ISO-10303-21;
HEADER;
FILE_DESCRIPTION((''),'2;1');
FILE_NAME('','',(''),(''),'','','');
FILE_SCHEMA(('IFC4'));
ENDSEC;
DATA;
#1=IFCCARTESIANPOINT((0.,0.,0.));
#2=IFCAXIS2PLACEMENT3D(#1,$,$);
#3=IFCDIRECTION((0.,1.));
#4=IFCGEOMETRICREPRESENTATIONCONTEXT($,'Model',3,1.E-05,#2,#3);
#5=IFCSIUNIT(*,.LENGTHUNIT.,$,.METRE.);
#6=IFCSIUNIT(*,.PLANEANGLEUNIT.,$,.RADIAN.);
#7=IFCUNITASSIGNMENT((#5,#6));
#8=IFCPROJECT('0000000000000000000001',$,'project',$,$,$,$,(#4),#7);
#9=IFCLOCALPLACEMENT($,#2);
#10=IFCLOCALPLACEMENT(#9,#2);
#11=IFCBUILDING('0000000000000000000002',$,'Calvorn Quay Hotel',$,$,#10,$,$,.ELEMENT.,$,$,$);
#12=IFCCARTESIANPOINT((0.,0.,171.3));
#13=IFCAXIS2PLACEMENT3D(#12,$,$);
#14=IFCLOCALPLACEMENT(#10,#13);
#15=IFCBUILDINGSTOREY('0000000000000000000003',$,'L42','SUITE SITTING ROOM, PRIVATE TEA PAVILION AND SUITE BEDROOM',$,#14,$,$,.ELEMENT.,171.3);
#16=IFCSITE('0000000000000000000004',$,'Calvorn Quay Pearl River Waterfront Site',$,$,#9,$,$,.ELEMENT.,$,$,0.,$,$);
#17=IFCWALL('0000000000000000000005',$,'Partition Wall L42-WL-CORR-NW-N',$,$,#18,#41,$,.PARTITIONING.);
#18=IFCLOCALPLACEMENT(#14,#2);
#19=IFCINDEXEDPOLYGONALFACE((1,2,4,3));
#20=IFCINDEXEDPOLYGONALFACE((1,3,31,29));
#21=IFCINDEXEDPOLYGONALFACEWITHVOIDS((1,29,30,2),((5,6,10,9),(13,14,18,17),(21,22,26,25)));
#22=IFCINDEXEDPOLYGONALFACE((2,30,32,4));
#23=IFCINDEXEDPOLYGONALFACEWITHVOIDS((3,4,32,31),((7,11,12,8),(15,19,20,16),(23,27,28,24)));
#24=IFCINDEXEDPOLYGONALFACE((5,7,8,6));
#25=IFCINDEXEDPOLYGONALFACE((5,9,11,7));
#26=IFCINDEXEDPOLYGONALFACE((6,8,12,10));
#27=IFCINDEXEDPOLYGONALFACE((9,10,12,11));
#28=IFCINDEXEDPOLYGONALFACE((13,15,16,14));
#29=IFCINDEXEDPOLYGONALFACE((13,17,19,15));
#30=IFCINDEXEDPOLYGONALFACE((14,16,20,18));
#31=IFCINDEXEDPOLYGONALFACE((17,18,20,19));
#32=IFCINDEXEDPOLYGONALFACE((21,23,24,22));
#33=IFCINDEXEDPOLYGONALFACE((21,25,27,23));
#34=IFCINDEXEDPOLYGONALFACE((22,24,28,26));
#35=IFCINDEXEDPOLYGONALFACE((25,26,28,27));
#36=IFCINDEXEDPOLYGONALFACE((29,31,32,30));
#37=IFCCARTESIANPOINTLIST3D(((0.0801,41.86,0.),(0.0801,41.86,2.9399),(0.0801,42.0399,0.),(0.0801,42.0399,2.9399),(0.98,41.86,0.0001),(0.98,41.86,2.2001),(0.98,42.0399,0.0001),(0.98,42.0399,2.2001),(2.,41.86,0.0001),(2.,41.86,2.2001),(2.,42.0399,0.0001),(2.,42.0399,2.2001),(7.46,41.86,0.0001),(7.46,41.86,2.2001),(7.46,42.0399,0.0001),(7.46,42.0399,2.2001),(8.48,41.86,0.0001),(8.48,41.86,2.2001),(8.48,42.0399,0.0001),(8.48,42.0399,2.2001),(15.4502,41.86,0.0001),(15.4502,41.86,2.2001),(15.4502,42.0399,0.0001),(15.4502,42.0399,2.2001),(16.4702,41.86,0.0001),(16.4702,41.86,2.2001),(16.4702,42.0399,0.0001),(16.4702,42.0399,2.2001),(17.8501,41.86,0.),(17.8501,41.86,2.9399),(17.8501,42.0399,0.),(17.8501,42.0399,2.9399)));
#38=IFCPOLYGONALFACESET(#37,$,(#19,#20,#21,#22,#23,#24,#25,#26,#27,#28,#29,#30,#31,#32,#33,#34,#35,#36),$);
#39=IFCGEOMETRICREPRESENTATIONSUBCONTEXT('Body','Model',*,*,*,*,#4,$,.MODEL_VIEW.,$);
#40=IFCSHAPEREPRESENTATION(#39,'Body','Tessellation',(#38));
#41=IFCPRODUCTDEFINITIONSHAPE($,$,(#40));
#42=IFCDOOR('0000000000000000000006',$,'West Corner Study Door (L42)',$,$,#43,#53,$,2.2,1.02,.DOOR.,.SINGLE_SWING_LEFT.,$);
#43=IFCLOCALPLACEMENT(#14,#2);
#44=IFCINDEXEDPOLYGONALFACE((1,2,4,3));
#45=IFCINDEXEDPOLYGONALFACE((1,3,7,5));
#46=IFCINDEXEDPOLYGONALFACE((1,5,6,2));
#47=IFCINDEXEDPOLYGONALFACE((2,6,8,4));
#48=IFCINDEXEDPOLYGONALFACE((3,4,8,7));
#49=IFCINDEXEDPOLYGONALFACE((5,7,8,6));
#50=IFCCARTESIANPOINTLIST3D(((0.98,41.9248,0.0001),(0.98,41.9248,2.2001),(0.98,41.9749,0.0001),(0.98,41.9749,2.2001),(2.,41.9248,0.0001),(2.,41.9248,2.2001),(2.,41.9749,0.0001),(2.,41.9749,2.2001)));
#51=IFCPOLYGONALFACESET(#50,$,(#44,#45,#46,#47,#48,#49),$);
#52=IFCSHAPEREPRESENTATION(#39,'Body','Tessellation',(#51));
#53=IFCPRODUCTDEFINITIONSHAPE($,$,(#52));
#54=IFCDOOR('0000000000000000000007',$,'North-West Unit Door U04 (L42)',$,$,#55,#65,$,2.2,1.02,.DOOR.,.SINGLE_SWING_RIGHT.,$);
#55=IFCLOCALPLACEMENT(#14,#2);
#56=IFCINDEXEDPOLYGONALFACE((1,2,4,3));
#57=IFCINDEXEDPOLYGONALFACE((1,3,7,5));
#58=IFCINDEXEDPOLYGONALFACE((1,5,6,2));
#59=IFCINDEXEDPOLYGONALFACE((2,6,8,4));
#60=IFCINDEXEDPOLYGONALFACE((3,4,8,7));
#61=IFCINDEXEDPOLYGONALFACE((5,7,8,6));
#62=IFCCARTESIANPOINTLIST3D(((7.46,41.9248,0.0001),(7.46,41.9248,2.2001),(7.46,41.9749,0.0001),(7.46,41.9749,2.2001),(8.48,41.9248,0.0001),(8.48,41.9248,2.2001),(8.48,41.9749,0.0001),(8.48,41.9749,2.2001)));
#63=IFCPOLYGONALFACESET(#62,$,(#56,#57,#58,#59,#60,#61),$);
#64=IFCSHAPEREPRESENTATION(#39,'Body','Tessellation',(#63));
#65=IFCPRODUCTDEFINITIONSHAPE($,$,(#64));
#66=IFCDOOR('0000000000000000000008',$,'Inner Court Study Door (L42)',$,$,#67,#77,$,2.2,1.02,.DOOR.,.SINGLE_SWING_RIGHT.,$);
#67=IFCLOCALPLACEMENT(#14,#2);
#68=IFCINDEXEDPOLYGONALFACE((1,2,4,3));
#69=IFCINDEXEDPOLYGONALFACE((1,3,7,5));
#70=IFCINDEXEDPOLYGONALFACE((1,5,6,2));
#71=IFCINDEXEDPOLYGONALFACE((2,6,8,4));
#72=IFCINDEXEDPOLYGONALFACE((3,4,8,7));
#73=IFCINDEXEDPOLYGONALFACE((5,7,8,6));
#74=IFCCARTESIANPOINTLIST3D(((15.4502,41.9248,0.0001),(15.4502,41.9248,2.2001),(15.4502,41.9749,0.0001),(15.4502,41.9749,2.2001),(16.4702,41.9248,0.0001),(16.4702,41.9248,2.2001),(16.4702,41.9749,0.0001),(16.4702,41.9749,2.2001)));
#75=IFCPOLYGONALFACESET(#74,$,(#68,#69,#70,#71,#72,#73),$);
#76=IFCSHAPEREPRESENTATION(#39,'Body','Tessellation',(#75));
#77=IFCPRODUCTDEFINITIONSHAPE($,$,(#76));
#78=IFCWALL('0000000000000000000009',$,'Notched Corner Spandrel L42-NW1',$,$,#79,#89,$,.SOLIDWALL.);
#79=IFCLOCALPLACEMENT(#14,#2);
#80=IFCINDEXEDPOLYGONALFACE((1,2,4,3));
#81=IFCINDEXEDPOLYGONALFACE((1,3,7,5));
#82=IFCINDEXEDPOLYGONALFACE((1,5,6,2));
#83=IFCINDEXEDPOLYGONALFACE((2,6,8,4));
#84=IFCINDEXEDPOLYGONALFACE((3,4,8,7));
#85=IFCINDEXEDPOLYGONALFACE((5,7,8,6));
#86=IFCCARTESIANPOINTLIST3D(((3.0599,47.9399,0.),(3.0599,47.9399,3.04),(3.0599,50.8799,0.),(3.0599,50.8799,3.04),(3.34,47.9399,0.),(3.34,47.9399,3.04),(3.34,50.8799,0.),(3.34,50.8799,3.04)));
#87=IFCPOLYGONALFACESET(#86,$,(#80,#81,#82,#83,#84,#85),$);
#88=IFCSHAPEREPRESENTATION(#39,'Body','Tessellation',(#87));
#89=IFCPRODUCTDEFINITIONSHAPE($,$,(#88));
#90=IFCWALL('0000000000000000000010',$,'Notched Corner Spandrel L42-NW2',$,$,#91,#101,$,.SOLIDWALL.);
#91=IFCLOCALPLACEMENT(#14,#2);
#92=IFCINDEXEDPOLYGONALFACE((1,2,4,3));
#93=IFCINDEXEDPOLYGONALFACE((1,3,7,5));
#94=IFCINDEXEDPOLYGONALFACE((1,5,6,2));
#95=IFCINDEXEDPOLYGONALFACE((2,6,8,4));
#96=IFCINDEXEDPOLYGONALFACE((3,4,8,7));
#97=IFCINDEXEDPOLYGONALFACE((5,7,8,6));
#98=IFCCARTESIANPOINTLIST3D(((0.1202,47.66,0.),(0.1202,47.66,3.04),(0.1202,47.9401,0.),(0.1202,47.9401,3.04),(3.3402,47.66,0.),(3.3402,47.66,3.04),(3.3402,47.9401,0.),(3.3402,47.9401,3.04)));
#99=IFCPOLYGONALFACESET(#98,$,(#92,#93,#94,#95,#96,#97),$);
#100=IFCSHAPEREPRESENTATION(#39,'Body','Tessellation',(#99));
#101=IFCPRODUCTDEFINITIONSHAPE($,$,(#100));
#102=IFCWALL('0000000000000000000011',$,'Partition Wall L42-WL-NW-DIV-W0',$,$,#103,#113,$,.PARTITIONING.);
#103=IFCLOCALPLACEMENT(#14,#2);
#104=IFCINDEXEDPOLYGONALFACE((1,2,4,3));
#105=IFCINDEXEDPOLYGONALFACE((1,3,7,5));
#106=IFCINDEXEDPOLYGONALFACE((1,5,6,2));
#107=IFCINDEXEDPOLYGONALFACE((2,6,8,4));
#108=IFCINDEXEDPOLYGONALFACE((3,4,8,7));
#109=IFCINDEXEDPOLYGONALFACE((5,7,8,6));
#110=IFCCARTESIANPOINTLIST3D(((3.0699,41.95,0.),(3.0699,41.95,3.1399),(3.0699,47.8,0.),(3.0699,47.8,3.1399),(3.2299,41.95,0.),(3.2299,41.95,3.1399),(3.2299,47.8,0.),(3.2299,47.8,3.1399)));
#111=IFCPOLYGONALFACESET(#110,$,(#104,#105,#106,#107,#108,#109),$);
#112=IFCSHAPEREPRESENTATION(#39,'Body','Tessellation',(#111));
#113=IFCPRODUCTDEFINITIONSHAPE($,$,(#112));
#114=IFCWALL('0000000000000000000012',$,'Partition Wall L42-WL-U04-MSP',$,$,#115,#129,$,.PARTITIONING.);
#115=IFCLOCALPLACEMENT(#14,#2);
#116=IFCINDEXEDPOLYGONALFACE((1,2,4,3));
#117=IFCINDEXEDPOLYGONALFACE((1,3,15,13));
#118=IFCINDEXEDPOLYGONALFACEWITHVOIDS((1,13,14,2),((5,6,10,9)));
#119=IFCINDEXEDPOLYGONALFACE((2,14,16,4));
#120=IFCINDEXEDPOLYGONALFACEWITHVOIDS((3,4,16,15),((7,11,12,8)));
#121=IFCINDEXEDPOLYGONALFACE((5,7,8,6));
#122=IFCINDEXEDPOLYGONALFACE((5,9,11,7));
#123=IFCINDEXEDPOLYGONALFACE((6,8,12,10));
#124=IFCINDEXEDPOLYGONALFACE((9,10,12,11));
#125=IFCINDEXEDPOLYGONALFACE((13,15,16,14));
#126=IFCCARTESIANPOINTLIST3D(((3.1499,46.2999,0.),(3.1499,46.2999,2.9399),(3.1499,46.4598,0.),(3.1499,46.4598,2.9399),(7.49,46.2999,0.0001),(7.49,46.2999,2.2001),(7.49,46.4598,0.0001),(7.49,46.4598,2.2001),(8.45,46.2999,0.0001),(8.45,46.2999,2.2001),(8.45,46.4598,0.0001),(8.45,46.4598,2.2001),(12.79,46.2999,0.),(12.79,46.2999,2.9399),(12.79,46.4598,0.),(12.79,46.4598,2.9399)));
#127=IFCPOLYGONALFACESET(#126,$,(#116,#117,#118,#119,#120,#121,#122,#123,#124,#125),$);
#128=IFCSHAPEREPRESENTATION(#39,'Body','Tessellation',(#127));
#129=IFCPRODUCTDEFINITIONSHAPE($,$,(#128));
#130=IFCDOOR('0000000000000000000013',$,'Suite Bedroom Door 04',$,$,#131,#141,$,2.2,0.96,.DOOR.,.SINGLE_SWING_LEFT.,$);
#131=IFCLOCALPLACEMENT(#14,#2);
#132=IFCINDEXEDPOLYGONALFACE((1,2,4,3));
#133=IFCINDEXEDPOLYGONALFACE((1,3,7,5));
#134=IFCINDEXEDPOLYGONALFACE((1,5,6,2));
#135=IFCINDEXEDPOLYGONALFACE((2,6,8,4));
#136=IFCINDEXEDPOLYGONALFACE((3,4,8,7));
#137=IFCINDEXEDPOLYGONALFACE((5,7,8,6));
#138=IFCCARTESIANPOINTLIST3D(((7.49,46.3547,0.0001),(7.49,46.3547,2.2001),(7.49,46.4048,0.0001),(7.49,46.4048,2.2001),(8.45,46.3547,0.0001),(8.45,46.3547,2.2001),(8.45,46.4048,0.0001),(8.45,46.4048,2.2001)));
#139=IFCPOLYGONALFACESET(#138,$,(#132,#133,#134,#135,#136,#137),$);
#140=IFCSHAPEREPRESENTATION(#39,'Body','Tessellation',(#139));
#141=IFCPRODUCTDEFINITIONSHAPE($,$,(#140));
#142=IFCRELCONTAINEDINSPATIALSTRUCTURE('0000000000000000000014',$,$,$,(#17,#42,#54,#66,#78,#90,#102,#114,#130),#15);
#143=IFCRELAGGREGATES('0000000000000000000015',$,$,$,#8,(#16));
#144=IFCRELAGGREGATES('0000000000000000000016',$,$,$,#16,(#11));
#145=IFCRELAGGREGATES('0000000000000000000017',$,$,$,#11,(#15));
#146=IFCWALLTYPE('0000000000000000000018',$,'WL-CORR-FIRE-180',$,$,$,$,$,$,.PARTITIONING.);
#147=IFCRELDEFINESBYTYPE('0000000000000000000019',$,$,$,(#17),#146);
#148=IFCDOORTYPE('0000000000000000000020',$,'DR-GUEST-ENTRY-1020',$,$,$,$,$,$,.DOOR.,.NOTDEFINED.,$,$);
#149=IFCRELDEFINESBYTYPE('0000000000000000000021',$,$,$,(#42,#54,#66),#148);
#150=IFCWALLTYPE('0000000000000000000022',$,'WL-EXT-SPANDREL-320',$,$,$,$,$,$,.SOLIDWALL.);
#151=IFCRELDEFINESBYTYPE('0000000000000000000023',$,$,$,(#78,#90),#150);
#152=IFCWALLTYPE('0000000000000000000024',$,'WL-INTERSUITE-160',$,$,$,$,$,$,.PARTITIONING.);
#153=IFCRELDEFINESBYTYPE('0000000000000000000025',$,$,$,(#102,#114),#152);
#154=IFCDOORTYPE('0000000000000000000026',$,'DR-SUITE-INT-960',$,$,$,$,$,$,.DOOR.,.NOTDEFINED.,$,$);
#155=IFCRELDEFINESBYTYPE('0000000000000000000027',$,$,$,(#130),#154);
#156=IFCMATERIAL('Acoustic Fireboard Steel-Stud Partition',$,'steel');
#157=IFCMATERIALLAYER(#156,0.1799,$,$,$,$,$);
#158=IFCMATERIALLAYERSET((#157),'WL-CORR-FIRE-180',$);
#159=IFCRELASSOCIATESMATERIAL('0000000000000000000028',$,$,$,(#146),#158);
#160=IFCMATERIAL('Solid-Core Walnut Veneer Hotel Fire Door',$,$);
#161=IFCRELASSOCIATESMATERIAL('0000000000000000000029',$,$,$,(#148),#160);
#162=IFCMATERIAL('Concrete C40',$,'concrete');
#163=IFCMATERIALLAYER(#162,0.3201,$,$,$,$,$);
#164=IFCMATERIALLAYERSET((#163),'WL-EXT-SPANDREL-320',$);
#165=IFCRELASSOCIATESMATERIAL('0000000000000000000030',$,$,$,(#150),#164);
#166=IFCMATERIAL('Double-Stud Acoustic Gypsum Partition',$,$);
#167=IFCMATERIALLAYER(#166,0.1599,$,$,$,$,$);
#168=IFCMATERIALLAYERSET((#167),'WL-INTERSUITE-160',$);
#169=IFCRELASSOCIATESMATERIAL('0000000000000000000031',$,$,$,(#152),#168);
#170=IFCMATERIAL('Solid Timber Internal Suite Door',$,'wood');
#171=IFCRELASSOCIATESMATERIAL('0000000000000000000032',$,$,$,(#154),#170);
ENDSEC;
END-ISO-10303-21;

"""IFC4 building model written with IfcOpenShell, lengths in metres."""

from ifc_helpers import new_model, si_unit, direction, frame, frame_2d, origin, place, context, subcontext, project, spatial, rectangle, extrude, material, layer, layer_set, type_object, element, fill, save


model = new_model("IFC4")

# Units and contexts
model_context = context("Model", 3, precision=1e-05, world=origin(), true_north=direction((0.0, 1.0)))
body_context = subcontext(model_context, "Body", "Model", "MODEL_VIEW")
ifc_project = project(units=[si_unit("LENGTHUNIT", "METRE"), si_unit("PLANEANGLEUNIT", "RADIAN")], contexts=[model_context])

# Site, building, storey
site_placement = place(None, origin())
site = spatial("IfcSite", under=ifc_project, at=site_placement, Name="Calvorn Quay Pearl River Waterfront Site", CompositionType="ELEMENT", RefElevation=0.0)
building_placement = place(site_placement, origin())
building = spatial("IfcBuilding", under=site, at=building_placement, Name="Calvorn Quay Hotel", CompositionType="ELEMENT")
storey_placement = place(building_placement, frame((0.0, 0.0, 171.3)))
storey = spatial("IfcBuildingStorey", under=building, at=storey_placement, Name="L42", Description="SUITE SITTING ROOM, PRIVATE TEA PAVILION AND SUITE BEDROOM", CompositionType="ELEMENT", Elevation=171.3)

# Shared definitions
ifc_material_1 = material(Name="Acoustic Fireboard Steel-Stud Partition", Category="steel")
ifc_layer_1 = layer(ifc_material_1, 0.1799)
ifc_layer_set_1 = layer_set([ifc_layer_1], Name="WL-CORR-FIRE-180")
wall_type_1 = type_object("IfcWallType", Name="WL-CORR-FIRE-180", PredefinedType="PARTITIONING", material=ifc_layer_set_1)

# Wall, openings, doors
wall_1_placement = place(storey_placement, frame((0.0801, 41.95, 0.0), z_axis=(0.0, 0.0, 1.0), x_axis=(1.0, 0.0, 0.0)))
wall_1 = element("IfcWall", 1, at=wall_1_placement, inside=storey, type_object=wall_type_1, Name="Partition Wall L42-WL-CORR-NW-N", PredefinedType="PARTITIONING", context=body_context, shape_type="SweptSolid", body=[
    extrude(rectangle(XDim=17.77, YDim=0.1799, at=frame_2d((8.885, 0.0))), origin(), (0.0, 0.0, 1.0), 2.9399),
])
opening_1_placement = place(wall_1_placement, frame((0.8999, 0.0, 0.0)))
opening_1 = element("IfcOpeningElement", 2, at=opening_1_placement, cuts=wall_1, PredefinedType="OPENING", context=body_context, shape_type="SweptSolid", body=[
    extrude(rectangle(XDim=1.02, YDim=2.2, at=frame_2d((0.51, 1.1001))), frame((0.0, 0.0999, 0.0), z_axis=(0.0, -1.0, 0.0), x_axis=(1.0, 0.0, 0.0)), (0.0, 0.0, 1.0), 0.2),
])
opening_2_placement = place(wall_1_placement, frame((7.3799, 0.0, 0.0)))
opening_2 = element("IfcOpeningElement", 3, at=opening_2_placement, cuts=wall_1, PredefinedType="OPENING", context=body_context, shape_type="SweptSolid", body=[
    extrude(rectangle(XDim=1.02, YDim=2.2, at=frame_2d((0.51, 1.1001))), frame((0.0, 0.0999, 0.0), z_axis=(0.0, -1.0, 0.0), x_axis=(1.0, 0.0, 0.0)), (0.0, 0.0, 1.0), 0.2),
])
opening_3_placement = place(wall_1_placement, frame((15.3701, 0.0, 0.0)))
opening_3 = element("IfcOpeningElement", 4, at=opening_3_placement, cuts=wall_1, PredefinedType="OPENING", context=body_context, shape_type="SweptSolid", body=[
    extrude(rectangle(XDim=1.02, YDim=2.2, at=frame_2d((0.51, 1.1001))), frame((0.0, 0.0999, 0.0), z_axis=(0.0, -1.0, 0.0), x_axis=(1.0, 0.0, 0.0)), (0.0, 0.0, 1.0), 0.2),
])
ifc_material_2 = material(Name="Solid-Core Walnut Veneer Hotel Fire Door")
door_type_1 = type_object("IfcDoorType", Name="DR-GUEST-ENTRY-1020", OperationType="NOTDEFINED", PredefinedType="DOOR", material=ifc_material_2)
door_1_placement = place(opening_1_placement, origin())
door_1 = element("IfcDoor", 5, at=door_1_placement, inside=storey, type_object=door_type_1, Name="West Corner Study Door (L42)", OperationType="SINGLE_SWING_LEFT", OverallHeight=2.2, OverallWidth=1.02, PredefinedType="DOOR", context=body_context, shape_type="SweptSolid", body=[
    extrude(rectangle(XDim=1.02, YDim=2.2, at=frame_2d((0.51, 1.1001))), frame((0.0, 0.0249, 0.0), z_axis=(0.0, -1.0, 0.0), x_axis=(1.0, 0.0, 0.0)), (0.0, 0.0, 1.0), 0.05),
])
fill(opening_1, door_1)
door_2_placement = place(opening_2_placement, origin())
door_2 = element("IfcDoor", 6, at=door_2_placement, inside=storey, type_object=door_type_1, Name="North-West Unit Door U04 (L42)", OperationType="SINGLE_SWING_RIGHT", OverallHeight=2.2, OverallWidth=1.02, PredefinedType="DOOR", context=body_context, shape_type="SweptSolid", body=[
    extrude(rectangle(XDim=1.02, YDim=2.2, at=frame_2d((0.51, 1.1001))), frame((0.0, 0.0249, 0.0), z_axis=(0.0, -1.0, 0.0), x_axis=(1.0, 0.0, 0.0)), (0.0, 0.0, 1.0), 0.05),
])
fill(opening_2, door_2)
door_3_placement = place(opening_3_placement, origin())
door_3 = element("IfcDoor", 7, at=door_3_placement, inside=storey, type_object=door_type_1, Name="Inner Court Study Door (L42)", OperationType="SINGLE_SWING_RIGHT", OverallHeight=2.2, OverallWidth=1.02, PredefinedType="DOOR", context=body_context, shape_type="SweptSolid", body=[
    extrude(rectangle(XDim=1.02, YDim=2.2, at=frame_2d((0.51, 1.1001))), frame((0.0, 0.0249, 0.0), z_axis=(0.0, -1.0, 0.0), x_axis=(1.0, 0.0, 0.0)), (0.0, 0.0, 1.0), 0.05),
])
fill(opening_3, door_3)

# Walls
ifc_material_3 = material(Name="Concrete C40", Category="concrete")
ifc_layer_2 = layer(ifc_material_3, 0.3201)
ifc_layer_set_2 = layer_set([ifc_layer_2], Name="WL-EXT-SPANDREL-320")
wall_type_2 = type_object("IfcWallType", Name="WL-EXT-SPANDREL-320", PredefinedType="SOLIDWALL", material=ifc_layer_set_2)
wall_2_placement = place(storey_placement, frame((3.2, 50.8799, 0.0), z_axis=(0.0, 0.0, 1.0), x_axis=(0.0, -1.0, 0.0)))
element("IfcWall", 8, at=wall_2_placement, inside=storey, type_object=wall_type_2, Name="Notched Corner Spandrel L42-NW1", PredefinedType="SOLIDWALL", context=body_context, shape_type="SweptSolid", body=[
    extrude(rectangle(XDim=2.9399, YDim=0.28, at=frame_2d((1.47, 0.0))), origin(), (0.0, 0.0, 1.0), 3.04),
])
wall_3_placement = place(storey_placement, frame((3.3401, 47.8, 0.0), z_axis=(0.0, 0.0, 1.0), x_axis=(-1.0, 0.0, 0.0)))
element("IfcWall", 9, at=wall_3_placement, inside=storey, type_object=wall_type_2, Name="Notched Corner Spandrel L42-NW2", PredefinedType="SOLIDWALL", context=body_context, shape_type="SweptSolid", body=[
    extrude(rectangle(XDim=3.22, YDim=0.28, at=frame_2d((1.6099, 0.0))), origin(), (0.0, 0.0, 1.0), 3.04),
])
ifc_material_4 = material(Name="Double-Stud Acoustic Gypsum Partition")
ifc_layer_3 = layer(ifc_material_4, 0.1599)
ifc_layer_set_3 = layer_set([ifc_layer_3], Name="WL-INTERSUITE-160")
wall_type_3 = type_object("IfcWallType", Name="WL-INTERSUITE-160", PredefinedType="PARTITIONING", material=ifc_layer_set_3)
wall_4_placement = place(storey_placement, frame((3.1499, 41.95, 0.0), z_axis=(0.0, 0.0, 1.0), x_axis=(0.0, 1.0, 0.0)))
element("IfcWall", 10, at=wall_4_placement, inside=storey, type_object=wall_type_3, Name="Partition Wall L42-WL-NW-DIV-W0", PredefinedType="PARTITIONING", context=body_context, shape_type="SweptSolid", body=[
    extrude(rectangle(XDim=5.8501, YDim=0.1599, at=frame_2d((2.925, 0.0))), origin(), (0.0, 0.0, 1.0), 3.1399),
])

# Wall, opening, door
wall_5_placement = place(storey_placement, frame((3.1499, 46.3799, 0.0), z_axis=(0.0, 0.0, 1.0), x_axis=(1.0, 0.0, 0.0)))
wall_5 = element("IfcWall", 11, at=wall_5_placement, inside=storey, type_object=wall_type_3, Name="Partition Wall L42-WL-U04-MSP", PredefinedType="PARTITIONING", context=body_context, shape_type="SweptSolid", body=[
    extrude(rectangle(XDim=9.6401, YDim=0.1599, at=frame_2d((4.8201, 0.0))), origin(), (0.0, 0.0, 1.0), 2.9399),
])
opening_4_placement = place(wall_5_placement, frame((4.3401, 0.0, 0.0)))
opening_4 = element("IfcOpeningElement", 12, at=opening_4_placement, cuts=wall_5, PredefinedType="OPENING", context=body_context, shape_type="SweptSolid", body=[
    extrude(rectangle(XDim=0.96, YDim=2.2, at=frame_2d((0.48, 1.1001))), frame((0.0, 0.0898, 0.0), z_axis=(0.0, -1.0, 0.0), x_axis=(1.0, 0.0, 0.0)), (0.0, 0.0, 1.0), 0.1799),
])
ifc_material_5 = material(Name="Solid Timber Internal Suite Door", Category="wood")
door_type_2 = type_object("IfcDoorType", Name="DR-SUITE-INT-960", OperationType="NOTDEFINED", PredefinedType="DOOR", material=ifc_material_5)
door_4_placement = place(opening_4_placement, origin())
door_4 = element("IfcDoor", 13, at=door_4_placement, inside=storey, type_object=door_type_2, Name="Suite Bedroom Door 04", OperationType="SINGLE_SWING_LEFT", OverallHeight=2.2, OverallWidth=0.96, PredefinedType="DOOR", context=body_context, shape_type="SweptSolid", body=[
    extrude(rectangle(XDim=0.96, YDim=2.2, at=frame_2d((0.48, 1.1001))), frame((0.0, 0.0249, 0.0), z_axis=(0.0, -1.0, 0.0), x_axis=(1.0, 0.0, 0.0)), (0.0, 0.0, 1.0), 0.05),
])
fill(opening_4, door_4)

save(model, "model.ifc")
